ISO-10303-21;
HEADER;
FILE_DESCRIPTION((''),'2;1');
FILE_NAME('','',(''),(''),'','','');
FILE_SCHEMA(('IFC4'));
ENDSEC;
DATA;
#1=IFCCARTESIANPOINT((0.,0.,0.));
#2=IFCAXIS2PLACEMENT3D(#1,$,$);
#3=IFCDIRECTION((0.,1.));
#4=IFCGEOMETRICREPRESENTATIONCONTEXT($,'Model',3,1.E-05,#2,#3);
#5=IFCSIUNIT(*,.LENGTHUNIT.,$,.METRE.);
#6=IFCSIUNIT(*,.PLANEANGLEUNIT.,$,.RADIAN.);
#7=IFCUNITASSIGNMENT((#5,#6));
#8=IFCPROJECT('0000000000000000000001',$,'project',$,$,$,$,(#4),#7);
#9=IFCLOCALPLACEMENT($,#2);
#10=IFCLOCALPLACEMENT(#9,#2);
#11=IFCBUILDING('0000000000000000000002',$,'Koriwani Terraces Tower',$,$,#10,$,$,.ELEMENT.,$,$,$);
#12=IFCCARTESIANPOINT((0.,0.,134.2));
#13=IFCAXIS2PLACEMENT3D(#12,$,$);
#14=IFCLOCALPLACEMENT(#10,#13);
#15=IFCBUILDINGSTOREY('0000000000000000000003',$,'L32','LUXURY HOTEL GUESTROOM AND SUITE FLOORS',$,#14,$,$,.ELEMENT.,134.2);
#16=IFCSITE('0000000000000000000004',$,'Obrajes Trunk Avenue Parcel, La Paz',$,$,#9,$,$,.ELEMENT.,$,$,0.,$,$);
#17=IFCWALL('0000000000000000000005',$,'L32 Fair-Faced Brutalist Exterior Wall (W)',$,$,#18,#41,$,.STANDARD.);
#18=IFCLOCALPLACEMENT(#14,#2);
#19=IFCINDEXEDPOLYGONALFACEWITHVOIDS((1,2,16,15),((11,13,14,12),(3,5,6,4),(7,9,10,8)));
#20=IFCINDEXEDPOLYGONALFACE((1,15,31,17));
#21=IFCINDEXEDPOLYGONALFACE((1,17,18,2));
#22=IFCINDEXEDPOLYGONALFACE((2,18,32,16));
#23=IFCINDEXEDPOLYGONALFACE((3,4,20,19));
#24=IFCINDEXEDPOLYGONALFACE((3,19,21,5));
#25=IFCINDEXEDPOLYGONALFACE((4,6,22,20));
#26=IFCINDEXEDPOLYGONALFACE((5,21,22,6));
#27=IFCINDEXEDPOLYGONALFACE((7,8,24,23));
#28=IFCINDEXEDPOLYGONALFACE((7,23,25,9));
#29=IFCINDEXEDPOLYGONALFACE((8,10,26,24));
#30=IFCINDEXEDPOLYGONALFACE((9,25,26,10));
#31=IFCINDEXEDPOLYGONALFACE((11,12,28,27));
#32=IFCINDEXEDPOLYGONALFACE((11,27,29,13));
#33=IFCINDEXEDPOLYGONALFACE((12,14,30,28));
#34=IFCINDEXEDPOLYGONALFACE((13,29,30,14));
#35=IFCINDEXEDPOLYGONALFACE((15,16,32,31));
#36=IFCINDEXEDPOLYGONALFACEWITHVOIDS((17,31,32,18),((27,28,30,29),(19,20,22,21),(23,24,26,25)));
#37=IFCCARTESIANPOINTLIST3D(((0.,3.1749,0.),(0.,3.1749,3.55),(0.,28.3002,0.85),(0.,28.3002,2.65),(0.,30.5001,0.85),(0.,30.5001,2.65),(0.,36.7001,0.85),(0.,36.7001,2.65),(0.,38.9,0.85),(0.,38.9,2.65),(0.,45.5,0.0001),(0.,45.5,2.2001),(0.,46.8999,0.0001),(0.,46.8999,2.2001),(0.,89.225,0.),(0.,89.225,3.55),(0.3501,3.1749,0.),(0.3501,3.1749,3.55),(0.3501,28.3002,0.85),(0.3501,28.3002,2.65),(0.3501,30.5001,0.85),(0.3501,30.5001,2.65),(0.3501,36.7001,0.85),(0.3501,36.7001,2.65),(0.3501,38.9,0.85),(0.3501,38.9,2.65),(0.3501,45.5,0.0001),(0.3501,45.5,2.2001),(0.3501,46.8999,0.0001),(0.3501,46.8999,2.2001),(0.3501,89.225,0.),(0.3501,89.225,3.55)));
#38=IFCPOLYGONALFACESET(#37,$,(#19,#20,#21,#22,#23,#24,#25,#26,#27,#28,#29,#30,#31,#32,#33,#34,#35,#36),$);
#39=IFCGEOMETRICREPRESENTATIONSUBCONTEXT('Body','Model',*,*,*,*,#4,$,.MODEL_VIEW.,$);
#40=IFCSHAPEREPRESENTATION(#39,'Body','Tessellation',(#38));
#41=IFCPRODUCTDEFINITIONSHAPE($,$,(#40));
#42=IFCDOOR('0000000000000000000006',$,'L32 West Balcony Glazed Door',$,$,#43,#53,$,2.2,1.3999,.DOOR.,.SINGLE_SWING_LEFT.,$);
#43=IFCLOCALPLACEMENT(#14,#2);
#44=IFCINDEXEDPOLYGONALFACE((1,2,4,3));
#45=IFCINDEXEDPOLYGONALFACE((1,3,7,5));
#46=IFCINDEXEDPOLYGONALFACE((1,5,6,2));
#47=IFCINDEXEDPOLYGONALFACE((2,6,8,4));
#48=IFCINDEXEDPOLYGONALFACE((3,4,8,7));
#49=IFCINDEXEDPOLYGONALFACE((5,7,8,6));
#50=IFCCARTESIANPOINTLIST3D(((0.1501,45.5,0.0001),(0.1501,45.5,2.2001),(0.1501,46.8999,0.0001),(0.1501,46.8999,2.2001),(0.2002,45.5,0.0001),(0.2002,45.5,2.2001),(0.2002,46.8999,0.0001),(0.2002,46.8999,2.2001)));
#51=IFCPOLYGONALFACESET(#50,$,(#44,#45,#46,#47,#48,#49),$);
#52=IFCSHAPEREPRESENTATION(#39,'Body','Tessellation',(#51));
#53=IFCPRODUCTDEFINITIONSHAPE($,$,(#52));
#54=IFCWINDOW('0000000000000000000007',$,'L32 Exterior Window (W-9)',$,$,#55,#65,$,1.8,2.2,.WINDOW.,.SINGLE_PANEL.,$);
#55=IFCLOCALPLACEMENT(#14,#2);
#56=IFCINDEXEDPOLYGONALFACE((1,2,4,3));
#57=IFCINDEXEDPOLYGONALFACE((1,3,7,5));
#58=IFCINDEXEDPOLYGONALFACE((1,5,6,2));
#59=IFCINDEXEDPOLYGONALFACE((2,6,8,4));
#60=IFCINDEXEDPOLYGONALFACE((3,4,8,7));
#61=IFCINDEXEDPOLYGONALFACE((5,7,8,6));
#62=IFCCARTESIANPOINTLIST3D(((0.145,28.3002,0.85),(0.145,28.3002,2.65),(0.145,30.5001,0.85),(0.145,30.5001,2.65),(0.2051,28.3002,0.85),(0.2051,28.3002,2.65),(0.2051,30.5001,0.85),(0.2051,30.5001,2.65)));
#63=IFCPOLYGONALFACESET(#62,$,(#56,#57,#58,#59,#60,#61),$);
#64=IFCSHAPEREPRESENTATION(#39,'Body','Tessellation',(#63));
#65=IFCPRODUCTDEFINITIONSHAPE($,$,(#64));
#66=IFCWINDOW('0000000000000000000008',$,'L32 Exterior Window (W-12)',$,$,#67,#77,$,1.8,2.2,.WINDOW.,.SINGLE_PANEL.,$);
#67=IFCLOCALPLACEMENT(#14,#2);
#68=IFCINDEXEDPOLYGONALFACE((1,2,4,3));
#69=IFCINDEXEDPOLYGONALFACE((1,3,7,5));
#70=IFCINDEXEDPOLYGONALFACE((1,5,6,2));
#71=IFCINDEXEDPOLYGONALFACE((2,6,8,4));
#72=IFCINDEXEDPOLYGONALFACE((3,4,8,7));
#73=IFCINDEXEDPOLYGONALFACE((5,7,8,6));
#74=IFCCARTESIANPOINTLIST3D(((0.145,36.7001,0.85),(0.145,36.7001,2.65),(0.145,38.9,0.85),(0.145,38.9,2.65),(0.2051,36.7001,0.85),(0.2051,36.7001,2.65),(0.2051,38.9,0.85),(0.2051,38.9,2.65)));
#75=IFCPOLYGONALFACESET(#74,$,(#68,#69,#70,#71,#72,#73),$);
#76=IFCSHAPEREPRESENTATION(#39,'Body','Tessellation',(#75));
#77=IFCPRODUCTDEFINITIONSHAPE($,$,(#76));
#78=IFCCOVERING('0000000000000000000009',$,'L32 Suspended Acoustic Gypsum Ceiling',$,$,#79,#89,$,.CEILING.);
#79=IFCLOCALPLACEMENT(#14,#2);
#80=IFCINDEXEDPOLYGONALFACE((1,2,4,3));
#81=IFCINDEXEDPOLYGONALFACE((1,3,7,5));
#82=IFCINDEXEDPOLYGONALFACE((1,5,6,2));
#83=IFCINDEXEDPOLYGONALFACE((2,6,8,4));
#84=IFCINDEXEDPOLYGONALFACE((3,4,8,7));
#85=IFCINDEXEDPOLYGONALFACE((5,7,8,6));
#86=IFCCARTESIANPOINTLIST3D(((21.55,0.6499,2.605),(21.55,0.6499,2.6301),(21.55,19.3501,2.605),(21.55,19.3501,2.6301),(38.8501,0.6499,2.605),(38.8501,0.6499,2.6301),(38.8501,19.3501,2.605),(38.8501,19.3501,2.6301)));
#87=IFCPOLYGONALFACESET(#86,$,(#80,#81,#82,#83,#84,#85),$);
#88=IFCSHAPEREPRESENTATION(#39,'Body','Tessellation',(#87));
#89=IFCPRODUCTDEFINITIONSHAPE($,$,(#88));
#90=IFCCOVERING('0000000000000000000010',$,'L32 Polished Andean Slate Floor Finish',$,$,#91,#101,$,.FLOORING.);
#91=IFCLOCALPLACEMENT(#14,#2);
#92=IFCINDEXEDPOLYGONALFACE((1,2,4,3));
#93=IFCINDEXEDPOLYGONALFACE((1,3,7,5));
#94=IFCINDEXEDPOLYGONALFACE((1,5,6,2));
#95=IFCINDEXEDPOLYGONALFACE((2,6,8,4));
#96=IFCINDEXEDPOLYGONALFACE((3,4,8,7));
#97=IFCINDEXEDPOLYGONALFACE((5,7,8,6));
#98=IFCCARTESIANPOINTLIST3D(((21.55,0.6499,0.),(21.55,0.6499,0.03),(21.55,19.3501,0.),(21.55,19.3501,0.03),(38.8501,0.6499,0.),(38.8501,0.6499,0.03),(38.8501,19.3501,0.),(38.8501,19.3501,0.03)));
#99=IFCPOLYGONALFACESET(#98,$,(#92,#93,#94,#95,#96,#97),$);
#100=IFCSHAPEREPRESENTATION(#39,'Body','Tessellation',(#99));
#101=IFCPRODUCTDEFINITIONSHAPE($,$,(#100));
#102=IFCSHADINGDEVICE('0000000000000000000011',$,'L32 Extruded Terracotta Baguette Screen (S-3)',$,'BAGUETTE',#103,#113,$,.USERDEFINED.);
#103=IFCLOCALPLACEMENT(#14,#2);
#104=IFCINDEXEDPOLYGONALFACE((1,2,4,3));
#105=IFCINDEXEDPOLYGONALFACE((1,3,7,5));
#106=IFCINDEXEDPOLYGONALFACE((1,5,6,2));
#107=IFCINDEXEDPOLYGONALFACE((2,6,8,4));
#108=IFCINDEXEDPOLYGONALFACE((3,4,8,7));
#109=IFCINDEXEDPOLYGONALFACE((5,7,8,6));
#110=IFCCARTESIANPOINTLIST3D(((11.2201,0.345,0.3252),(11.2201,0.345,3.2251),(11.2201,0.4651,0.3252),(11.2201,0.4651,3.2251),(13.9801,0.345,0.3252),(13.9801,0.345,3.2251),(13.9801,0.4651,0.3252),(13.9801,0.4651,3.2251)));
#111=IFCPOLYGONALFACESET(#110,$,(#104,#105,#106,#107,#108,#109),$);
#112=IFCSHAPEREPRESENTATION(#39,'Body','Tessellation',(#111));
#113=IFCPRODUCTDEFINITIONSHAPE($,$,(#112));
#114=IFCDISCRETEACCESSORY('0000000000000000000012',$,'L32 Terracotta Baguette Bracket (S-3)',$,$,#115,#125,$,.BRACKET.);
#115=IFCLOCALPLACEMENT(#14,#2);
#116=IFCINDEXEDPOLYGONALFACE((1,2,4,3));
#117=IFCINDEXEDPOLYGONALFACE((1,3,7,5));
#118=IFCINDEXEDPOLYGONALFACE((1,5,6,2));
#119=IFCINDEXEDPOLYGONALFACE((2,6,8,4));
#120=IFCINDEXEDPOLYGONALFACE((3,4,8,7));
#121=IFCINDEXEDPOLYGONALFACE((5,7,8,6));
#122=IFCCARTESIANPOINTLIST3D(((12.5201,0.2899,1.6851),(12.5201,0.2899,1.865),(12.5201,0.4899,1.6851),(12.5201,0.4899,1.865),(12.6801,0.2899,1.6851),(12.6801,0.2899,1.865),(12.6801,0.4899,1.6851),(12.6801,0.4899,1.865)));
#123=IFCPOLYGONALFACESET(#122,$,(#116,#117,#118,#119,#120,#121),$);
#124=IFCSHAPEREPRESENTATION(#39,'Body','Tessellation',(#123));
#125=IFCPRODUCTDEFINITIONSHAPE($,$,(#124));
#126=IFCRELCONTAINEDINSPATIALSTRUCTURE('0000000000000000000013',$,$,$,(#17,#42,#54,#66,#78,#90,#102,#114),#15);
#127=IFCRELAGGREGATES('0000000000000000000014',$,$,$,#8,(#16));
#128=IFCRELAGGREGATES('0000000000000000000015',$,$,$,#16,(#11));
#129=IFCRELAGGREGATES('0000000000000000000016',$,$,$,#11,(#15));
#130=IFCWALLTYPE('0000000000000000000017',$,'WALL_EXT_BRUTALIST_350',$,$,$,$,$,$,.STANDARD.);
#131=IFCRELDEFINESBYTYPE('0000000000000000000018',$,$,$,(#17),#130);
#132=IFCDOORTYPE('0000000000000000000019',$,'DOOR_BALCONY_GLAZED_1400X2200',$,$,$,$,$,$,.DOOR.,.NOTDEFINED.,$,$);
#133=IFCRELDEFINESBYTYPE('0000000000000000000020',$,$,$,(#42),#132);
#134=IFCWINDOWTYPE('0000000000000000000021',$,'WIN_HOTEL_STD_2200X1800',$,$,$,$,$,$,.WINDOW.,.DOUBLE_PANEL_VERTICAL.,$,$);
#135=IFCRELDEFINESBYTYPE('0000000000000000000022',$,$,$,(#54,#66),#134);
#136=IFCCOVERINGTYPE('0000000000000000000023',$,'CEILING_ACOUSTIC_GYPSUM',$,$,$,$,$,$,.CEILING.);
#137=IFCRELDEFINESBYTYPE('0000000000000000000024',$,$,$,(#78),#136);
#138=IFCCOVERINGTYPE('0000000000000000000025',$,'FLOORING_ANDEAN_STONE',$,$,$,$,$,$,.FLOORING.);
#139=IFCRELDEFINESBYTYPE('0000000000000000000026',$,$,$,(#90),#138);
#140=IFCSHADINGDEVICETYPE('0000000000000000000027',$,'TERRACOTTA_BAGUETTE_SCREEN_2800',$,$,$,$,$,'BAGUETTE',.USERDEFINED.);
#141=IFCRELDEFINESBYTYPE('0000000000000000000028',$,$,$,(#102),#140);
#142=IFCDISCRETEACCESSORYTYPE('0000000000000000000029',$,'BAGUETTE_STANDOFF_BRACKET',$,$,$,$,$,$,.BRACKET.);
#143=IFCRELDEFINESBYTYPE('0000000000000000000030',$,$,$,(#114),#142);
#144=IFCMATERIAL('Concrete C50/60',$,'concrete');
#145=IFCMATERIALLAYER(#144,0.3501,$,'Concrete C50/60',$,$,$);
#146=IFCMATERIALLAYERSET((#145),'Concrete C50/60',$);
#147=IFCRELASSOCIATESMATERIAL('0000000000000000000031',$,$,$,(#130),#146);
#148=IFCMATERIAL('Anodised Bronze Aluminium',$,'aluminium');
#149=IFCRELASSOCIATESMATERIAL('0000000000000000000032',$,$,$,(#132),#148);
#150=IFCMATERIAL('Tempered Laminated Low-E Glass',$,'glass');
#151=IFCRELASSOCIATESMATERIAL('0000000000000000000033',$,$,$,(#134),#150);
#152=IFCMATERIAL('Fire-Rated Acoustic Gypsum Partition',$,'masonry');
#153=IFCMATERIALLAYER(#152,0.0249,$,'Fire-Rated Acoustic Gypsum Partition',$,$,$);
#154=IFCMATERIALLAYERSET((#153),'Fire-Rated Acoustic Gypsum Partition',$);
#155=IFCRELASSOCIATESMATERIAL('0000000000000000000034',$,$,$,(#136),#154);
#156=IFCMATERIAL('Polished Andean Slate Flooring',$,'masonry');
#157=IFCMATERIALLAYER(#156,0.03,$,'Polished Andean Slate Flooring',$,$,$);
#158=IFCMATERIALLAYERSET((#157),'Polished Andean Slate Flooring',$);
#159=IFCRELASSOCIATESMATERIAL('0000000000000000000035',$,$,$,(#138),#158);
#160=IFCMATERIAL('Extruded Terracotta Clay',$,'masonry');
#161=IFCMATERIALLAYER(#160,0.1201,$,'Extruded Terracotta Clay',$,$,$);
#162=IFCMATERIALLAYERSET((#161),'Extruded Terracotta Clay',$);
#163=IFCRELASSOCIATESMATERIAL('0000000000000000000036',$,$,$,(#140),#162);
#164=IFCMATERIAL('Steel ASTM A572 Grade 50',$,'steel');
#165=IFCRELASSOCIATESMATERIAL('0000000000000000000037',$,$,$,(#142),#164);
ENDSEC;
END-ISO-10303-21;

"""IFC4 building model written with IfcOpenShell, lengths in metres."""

from ifc_helpers import new_model, si_unit, direction, frame, frame_2d, origin, origin_2d, place, context, subcontext, project, spatial, polyline, rectangle, outline, extrude, material, layer, layer_set, type_object, element, fill, save


model = new_model("IFC4")

# Units and contexts
model_context = context("Model", 3, precision=1e-05, world=origin(), true_north=direction((0.0, 1.0)))
body_context = subcontext(model_context, "Body", "Model", "MODEL_VIEW")
ifc_project = project(units=[si_unit("LENGTHUNIT", "METRE"), si_unit("PLANEANGLEUNIT", "RADIAN")], contexts=[model_context])

# Site, building, storey
site_placement = place(None, origin())
site = spatial("IfcSite", under=ifc_project, at=site_placement, Name="Obrajes Trunk Avenue Parcel, La Paz", CompositionType="ELEMENT", RefElevation=0.0)
building_placement = place(site_placement, origin())
building = spatial("IfcBuilding", under=site, at=building_placement, Name="Koriwani Terraces Tower", CompositionType="ELEMENT")
storey_placement = place(building_placement, frame((0.0, 0.0, 134.2)))
storey = spatial("IfcBuildingStorey", under=building, at=storey_placement, Name="L32", Description="LUXURY HOTEL GUESTROOM AND SUITE FLOORS", CompositionType="ELEMENT", Elevation=134.2)

# Shared definitions
ifc_material_1 = material(Name="Concrete C50/60", Category="concrete")
ifc_material_2 = material(Name="Steel ASTM A572 Grade 50", Category="steel")

# Shared definitions
ifc_layer_1 = layer(ifc_material_1, 0.3501, Name="Concrete C50/60")
ifc_layer_set_1 = layer_set([ifc_layer_1], Name="Concrete C50/60")
wall_type_1 = type_object("IfcWallType", Name="WALL_EXT_BRUTALIST_350", PredefinedType="STANDARD", material=ifc_layer_set_1)

# Wall, openings, door, windows
wall_placement = place(storey_placement, frame((0.175, 3.175, 0.0), z_axis=(0.0, 0.0, 1.0), x_axis=(0.0, 1.0, 0.0)))
wall = element("IfcWall", 1, at=wall_placement, inside=storey, type_object=wall_type_1, Name="L32 Fair-Faced Brutalist Exterior Wall (W)", PredefinedType="STANDARD", context=body_context, shape_type="SweptSolid", body=[
    extrude(rectangle(XDim=86.05, YDim=0.3501, at=frame_2d((43.0249, 0.0))), origin(), (0.0, 0.0, 1.0), 3.55),
])
opening_1_placement = place(wall_placement, frame((42.325, 0.0, 0.0)))
opening_1 = element("IfcOpeningElement", 2, at=opening_1_placement, cuts=wall, PredefinedType="OPENING", context=body_context, shape_type="SweptSolid", body=[
    extrude(rectangle(XDim=1.3999, YDim=2.2, at=frame_2d((0.7, 1.1001))), frame((0.0, 0.1851, 0.0), z_axis=(0.0, -1.0, 0.0), x_axis=(1.0, 0.0, 0.0)), (0.0, 0.0, 1.0), 0.3701),
])
opening_2_placement = place(wall_placement, frame((25.125, 0.0, 0.8501)))
opening_2 = element("IfcOpeningElement", 3, at=opening_2_placement, cuts=wall, PredefinedType="OPENING", context=body_context, shape_type="SweptSolid", body=[
    extrude(rectangle(XDim=2.2, YDim=1.8, at=frame_2d((1.1001, 0.8999))), frame((0.0, 0.1851, 0.0), z_axis=(0.0, -1.0, 0.0), x_axis=(1.0, 0.0, 0.0)), (0.0, 0.0, 1.0), 0.3701),
])
opening_3_placement = place(wall_placement, frame((33.5249, 0.0, 0.8501)))
opening_3 = element("IfcOpeningElement", 4, at=opening_3_placement, cuts=wall, PredefinedType="OPENING", context=body_context, shape_type="SweptSolid", body=[
    extrude(rectangle(XDim=2.2, YDim=1.8, at=frame_2d((1.1001, 0.8999))), frame((0.0, 0.1851, 0.0), z_axis=(0.0, -1.0, 0.0), x_axis=(1.0, 0.0, 0.0)), (0.0, 0.0, 1.0), 0.3701),
])
ifc_material_3 = material(Name="Anodised Bronze Aluminium", Category="aluminium")
door_type = type_object("IfcDoorType", Name="DOOR_BALCONY_GLAZED_1400X2200", OperationType="NOTDEFINED", PredefinedType="DOOR", material=ifc_material_3)
door_placement = place(opening_1_placement, origin())
door = element("IfcDoor", 5, at=door_placement, inside=storey, type_object=door_type, Name="L32 West Balcony Glazed Door", OperationType="SINGLE_SWING_LEFT", OverallHeight=2.2, OverallWidth=1.3999, PredefinedType="DOOR", context=body_context, shape_type="SweptSolid", body=[
    extrude(rectangle(XDim=1.3999, YDim=2.2, at=frame_2d((0.7, 1.1001))), frame((0.0, 0.0249, 0.0), z_axis=(0.0, -1.0, 0.0), x_axis=(1.0, 0.0, 0.0)), (0.0, 0.0, 1.0), 0.05),
])
fill(opening_1, door)
ifc_material_4 = material(Name="Tempered Laminated Low-E Glass", Category="glass")
window_type = type_object("IfcWindowType", Name="WIN_HOTEL_STD_2200X1800", PartitioningType="DOUBLE_PANEL_VERTICAL", PredefinedType="WINDOW", material=ifc_material_4)
window_1_placement = place(opening_2_placement, origin())
window_1 = element("IfcWindow", 6, at=window_1_placement, inside=storey, type_object=window_type, Name="L32 Exterior Window (W-9)", OverallHeight=1.8, OverallWidth=2.2, PartitioningType="SINGLE_PANEL", PredefinedType="WINDOW", context=body_context, shape_type="SweptSolid", body=[
    extrude(rectangle(XDim=2.2, YDim=1.8, at=frame_2d((1.1001, 0.8999))), frame((0.0, 0.03, 0.0), z_axis=(0.0, -1.0, 0.0), x_axis=(1.0, 0.0, 0.0)), (0.0, 0.0, 1.0), 0.0601),
])
fill(opening_2, window_1)
window_2_placement = place(opening_3_placement, origin())
window_2 = element("IfcWindow", 7, at=window_2_placement, inside=storey, type_object=window_type, Name="L32 Exterior Window (W-12)", OverallHeight=1.8, OverallWidth=2.2, PartitioningType="SINGLE_PANEL", PredefinedType="WINDOW", context=body_context, shape_type="SweptSolid", body=[
    extrude(rectangle(XDim=2.2, YDim=1.8, at=frame_2d((1.1001, 0.8999))), frame((0.0, 0.03, 0.0), z_axis=(0.0, -1.0, 0.0), x_axis=(1.0, 0.0, 0.0)), (0.0, 0.0, 1.0), 0.0601),
])
fill(opening_3, window_2)

# Coverings
ifc_material_5 = material(Name="Fire-Rated Acoustic Gypsum Partition", Category="masonry")
ifc_layer_2 = layer(ifc_material_5, 0.0249, Name="Fire-Rated Acoustic Gypsum Partition")
ifc_layer_set_2 = layer_set([ifc_layer_2], Name="Fire-Rated Acoustic Gypsum Partition")
covering_type_1 = type_object("IfcCoveringType", Name="CEILING_ACOUSTIC_GYPSUM", PredefinedType="CEILING", material=ifc_layer_set_2)
covering_1_placement = place(storey_placement, frame((0.0, 0.0, 2.605)))
element("IfcCovering", 8, at=covering_1_placement, inside=storey, type_object=covering_type_1, Name="L32 Suspended Acoustic Gypsum Ceiling", PredefinedType="CEILING", context=body_context, shape_type="SweptSolid", body=[
    extrude(outline(polyline([(21.55, 0.6499), (21.55, 19.3501), (38.8501, 19.3501), (38.8501, 0.6499), (21.55, 0.6499)])), origin(), (0.0, 0.0, 1.0), 0.0251),
])
ifc_material_6 = material(Name="Polished Andean Slate Flooring", Category="masonry")
ifc_layer_3 = layer(ifc_material_6, 0.03, Name="Polished Andean Slate Flooring")
ifc_layer_set_3 = layer_set([ifc_layer_3], Name="Polished Andean Slate Flooring")
covering_type_2 = type_object("IfcCoveringType", Name="FLOORING_ANDEAN_STONE", PredefinedType="FLOORING", material=ifc_layer_set_3)
covering_2_placement = place(storey_placement, origin())
element("IfcCovering", 9, at=covering_2_placement, inside=storey, type_object=covering_type_2, Name="L32 Polished Andean Slate Floor Finish", PredefinedType="FLOORING", context=body_context, shape_type="SweptSolid", body=[
    extrude(outline(polyline([(21.55, 0.6499), (21.55, 19.3501), (38.8501, 19.3501), (38.8501, 0.6499), (21.55, 0.6499)])), origin(), (0.0, 0.0, 1.0), 0.03),
])

# Shading device
ifc_material_7 = material(Name="Extruded Terracotta Clay", Category="masonry")
ifc_layer_4 = layer(ifc_material_7, 0.1201, Name="Extruded Terracotta Clay")
ifc_layer_set_4 = layer_set([ifc_layer_4], Name="Extruded Terracotta Clay")
shading_device_type = type_object("IfcShadingDeviceType", Name="TERRACOTTA_BAGUETTE_SCREEN_2800", ElementType="BAGUETTE", PredefinedType="USERDEFINED", material=ifc_layer_set_4)
shading_device_placement = place(storey_placement, frame((12.6001, 0.405, 0.3252), z_axis=(0.0, 0.0, 1.0), x_axis=(-1.0, 0.0, 0.0)))
element("IfcShadingDevice", 10, at=shading_device_placement, inside=storey, type_object=shading_device_type, Name="L32 Extruded Terracotta Baguette Screen (S-3)", ObjectType="BAGUETTE", PredefinedType="USERDEFINED", context=body_context, shape_type="SweptSolid", body=[
    extrude(rectangle(XDim=2.76, YDim=0.1201, at=origin_2d()), origin(), (0.0, 0.0, 1.0), 2.8999),
])

# Discrete accessory
discrete_accessory_type = type_object("IfcDiscreteAccessoryType", Name="BAGUETTE_STANDOFF_BRACKET", PredefinedType="BRACKET", material=ifc_material_2)
discrete_accessory_placement = place(storey_placement, frame((12.6001, 0.3899, 1.6851), z_axis=(0.0, 0.0, 1.0), x_axis=(-1.0, 0.0, 0.0)))
element("IfcDiscreteAccessory", 11, at=discrete_accessory_placement, inside=storey, type_object=discrete_accessory_type, Name="L32 Terracotta Baguette Bracket (S-3)", PredefinedType="BRACKET", context=body_context, shape_type="SweptSolid", body=[
    extrude(rectangle(XDim=0.1599, YDim=0.2, at=origin_2d()), origin(), (0.0, 0.0, 1.0), 0.1799),
])

save(model, "model.ifc")
